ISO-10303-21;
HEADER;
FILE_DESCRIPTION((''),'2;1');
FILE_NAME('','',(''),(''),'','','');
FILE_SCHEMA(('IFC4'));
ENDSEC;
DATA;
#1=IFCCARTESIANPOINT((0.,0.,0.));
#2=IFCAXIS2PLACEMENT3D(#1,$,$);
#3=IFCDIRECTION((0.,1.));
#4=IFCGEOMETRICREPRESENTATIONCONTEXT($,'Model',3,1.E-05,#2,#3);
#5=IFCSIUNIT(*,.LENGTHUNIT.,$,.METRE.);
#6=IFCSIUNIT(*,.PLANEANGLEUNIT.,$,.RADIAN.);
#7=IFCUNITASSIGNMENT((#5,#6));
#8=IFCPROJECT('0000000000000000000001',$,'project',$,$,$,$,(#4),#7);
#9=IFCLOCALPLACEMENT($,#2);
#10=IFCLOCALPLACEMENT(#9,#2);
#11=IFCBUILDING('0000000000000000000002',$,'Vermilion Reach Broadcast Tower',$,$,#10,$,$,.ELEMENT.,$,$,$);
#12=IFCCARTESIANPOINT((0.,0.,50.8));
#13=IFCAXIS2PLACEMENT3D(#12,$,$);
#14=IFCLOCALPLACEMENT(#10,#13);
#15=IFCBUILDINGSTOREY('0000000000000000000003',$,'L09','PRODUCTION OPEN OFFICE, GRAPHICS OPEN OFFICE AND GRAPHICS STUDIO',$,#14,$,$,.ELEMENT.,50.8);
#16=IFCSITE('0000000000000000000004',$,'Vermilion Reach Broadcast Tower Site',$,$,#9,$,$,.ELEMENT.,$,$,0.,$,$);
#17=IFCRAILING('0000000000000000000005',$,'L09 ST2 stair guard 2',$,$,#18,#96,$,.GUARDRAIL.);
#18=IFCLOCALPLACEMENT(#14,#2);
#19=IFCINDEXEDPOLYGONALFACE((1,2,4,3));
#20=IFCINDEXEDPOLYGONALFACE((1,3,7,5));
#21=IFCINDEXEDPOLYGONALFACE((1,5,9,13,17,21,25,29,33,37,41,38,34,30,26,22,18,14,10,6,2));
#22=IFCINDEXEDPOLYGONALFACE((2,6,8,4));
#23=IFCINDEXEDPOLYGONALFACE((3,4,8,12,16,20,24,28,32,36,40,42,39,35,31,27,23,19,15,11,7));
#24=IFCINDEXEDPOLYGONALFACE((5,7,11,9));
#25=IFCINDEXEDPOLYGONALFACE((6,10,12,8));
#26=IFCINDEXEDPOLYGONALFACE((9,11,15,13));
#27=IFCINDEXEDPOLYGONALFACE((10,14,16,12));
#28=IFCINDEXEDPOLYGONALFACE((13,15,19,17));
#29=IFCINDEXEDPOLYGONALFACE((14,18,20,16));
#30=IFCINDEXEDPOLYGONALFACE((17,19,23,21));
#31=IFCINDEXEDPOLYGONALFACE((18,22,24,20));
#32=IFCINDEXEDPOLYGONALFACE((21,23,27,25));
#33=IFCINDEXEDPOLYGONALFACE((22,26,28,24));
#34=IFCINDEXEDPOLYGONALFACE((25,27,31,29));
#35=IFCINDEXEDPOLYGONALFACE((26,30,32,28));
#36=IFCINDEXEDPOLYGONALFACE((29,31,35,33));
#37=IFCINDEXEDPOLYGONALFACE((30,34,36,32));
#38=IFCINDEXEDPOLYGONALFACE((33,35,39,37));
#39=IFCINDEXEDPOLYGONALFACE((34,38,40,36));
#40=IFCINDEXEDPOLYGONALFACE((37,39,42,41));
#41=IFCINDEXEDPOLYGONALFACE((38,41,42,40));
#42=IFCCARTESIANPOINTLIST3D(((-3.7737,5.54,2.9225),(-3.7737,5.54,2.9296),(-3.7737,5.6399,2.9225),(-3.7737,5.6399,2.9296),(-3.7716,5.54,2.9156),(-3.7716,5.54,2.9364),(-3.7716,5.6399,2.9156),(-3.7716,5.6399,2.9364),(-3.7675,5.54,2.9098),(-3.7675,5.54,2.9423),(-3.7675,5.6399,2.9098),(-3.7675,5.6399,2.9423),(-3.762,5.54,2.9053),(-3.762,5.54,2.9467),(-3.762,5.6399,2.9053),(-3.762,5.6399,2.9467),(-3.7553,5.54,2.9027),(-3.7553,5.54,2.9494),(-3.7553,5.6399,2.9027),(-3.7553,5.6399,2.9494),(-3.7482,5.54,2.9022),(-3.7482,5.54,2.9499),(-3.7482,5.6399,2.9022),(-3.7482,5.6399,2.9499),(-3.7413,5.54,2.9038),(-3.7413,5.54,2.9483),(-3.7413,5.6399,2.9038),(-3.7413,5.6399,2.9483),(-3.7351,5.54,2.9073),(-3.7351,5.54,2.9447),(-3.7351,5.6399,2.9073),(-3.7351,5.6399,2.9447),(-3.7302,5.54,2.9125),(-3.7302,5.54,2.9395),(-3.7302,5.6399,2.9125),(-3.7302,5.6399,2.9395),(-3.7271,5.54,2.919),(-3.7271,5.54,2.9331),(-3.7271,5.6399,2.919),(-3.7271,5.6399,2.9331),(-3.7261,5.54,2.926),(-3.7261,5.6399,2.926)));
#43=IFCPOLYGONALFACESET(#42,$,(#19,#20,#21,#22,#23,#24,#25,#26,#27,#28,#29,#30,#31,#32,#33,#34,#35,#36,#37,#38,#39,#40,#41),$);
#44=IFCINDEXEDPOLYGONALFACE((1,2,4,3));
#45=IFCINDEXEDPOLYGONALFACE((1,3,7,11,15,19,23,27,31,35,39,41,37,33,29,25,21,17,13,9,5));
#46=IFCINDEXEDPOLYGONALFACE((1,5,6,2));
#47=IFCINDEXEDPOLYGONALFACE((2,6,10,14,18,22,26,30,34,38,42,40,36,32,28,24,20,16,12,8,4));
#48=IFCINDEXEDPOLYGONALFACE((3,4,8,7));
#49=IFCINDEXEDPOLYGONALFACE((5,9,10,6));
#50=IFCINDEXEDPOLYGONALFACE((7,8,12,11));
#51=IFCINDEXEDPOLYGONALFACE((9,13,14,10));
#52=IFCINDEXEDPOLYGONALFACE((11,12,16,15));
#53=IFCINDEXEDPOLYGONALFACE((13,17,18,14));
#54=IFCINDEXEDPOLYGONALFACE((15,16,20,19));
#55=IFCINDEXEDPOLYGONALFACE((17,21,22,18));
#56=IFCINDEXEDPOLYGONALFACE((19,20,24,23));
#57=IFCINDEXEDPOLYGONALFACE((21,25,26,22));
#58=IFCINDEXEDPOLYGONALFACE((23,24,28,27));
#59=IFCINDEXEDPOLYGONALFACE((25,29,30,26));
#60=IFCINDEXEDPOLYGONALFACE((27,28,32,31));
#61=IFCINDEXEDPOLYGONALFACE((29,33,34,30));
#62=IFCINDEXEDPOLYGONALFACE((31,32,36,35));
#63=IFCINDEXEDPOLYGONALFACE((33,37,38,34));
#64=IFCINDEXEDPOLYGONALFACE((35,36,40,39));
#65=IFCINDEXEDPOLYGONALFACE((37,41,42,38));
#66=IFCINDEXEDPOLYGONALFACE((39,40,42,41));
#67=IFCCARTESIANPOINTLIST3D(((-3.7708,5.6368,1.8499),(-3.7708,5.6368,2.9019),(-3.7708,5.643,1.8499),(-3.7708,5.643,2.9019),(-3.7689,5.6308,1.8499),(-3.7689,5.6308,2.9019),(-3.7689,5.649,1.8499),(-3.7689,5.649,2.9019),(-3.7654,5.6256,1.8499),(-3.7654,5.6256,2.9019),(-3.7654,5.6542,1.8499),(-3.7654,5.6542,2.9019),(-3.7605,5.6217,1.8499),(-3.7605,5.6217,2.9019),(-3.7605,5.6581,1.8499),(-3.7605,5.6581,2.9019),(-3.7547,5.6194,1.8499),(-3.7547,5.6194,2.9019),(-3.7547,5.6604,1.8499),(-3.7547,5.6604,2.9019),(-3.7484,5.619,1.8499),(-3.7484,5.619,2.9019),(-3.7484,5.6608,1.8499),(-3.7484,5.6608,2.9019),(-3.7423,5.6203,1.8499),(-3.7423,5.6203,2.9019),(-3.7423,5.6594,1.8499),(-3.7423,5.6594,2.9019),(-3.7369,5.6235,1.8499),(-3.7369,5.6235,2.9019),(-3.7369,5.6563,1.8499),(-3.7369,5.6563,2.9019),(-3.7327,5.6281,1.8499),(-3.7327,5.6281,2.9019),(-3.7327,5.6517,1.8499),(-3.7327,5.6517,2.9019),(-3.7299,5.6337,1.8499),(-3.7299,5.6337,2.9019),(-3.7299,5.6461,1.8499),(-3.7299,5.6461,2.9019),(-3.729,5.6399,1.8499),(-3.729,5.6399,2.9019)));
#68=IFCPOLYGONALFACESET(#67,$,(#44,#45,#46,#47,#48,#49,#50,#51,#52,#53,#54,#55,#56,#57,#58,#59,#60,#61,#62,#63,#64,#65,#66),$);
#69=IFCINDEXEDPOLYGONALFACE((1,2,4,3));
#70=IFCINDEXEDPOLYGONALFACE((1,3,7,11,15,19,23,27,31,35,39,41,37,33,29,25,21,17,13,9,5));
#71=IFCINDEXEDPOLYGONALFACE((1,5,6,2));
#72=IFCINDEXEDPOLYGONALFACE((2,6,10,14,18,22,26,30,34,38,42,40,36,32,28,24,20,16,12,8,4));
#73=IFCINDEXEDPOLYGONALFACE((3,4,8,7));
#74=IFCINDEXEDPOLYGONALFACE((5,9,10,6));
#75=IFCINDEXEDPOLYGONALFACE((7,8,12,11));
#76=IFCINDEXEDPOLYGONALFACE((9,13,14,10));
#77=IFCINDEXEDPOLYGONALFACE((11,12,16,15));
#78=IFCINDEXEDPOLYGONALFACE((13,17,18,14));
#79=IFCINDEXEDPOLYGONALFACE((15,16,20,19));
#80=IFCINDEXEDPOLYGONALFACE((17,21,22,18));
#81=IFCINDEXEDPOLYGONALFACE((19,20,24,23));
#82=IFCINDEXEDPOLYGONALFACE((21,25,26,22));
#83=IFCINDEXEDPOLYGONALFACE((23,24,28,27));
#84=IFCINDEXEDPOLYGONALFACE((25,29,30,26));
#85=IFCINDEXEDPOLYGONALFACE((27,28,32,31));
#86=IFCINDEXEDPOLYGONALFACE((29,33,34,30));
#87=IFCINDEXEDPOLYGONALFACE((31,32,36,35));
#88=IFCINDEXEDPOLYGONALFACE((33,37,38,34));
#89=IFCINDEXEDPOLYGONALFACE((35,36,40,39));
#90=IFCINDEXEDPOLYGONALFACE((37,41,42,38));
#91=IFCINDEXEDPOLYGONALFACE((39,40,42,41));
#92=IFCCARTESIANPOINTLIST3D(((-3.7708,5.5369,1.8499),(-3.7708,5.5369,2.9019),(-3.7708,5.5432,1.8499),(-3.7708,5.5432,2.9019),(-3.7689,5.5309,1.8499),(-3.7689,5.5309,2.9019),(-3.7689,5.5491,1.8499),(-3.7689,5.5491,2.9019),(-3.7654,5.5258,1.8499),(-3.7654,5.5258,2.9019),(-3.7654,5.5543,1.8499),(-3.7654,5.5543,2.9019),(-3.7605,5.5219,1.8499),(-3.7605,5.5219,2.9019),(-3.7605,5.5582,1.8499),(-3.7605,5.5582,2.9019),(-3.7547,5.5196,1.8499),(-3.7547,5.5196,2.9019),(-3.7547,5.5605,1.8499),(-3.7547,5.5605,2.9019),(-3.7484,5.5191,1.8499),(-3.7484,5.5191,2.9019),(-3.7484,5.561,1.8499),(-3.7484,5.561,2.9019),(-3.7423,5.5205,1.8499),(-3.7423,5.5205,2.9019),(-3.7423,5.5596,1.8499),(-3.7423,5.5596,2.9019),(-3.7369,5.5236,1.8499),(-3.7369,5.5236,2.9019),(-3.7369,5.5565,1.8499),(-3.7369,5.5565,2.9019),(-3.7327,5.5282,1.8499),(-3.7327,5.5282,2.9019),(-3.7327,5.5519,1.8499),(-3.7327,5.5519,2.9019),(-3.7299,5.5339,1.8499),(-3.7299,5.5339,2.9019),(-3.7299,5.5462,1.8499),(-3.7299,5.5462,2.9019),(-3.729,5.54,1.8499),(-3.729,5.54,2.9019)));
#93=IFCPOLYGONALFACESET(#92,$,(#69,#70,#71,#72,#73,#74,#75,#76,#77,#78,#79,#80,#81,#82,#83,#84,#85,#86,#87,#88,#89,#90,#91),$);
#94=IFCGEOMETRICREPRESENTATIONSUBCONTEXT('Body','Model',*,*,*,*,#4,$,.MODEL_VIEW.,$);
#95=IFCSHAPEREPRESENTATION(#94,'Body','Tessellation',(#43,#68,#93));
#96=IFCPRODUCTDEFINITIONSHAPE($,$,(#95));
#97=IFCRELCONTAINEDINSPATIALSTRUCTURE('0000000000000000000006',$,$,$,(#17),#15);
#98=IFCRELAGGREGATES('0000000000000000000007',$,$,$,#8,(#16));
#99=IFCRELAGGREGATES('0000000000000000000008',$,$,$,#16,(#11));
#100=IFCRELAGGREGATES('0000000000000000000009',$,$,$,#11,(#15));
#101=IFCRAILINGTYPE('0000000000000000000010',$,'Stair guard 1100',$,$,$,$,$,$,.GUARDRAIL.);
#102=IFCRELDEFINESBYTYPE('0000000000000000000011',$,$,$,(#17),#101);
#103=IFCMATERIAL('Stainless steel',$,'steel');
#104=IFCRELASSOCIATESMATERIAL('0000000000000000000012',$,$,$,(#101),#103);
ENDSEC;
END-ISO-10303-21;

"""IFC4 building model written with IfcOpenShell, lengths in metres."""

from ifc_helpers import new_model, si_unit, direction, frame, origin, origin_2d, place, context, subcontext, project, spatial, circle, extrude, material, type_object, element, save


model = new_model("IFC4")

# Units and contexts
model_context = context("Model", 3, precision=1e-05, world=origin(), true_north=direction((0.0, 1.0)))
body_context = subcontext(model_context, "Body", "Model", "MODEL_VIEW")
ifc_project = project(units=[si_unit("LENGTHUNIT", "METRE"), si_unit("PLANEANGLEUNIT", "RADIAN")], contexts=[model_context])

# Site, building, storey
site_placement = place(None, origin())
site = spatial("IfcSite", under=ifc_project, at=site_placement, Name="Vermilion Reach Broadcast Tower Site", CompositionType="ELEMENT", RefElevation=0.0)
building_placement = place(site_placement, origin())
building = spatial("IfcBuilding", under=site, at=building_placement, Name="Vermilion Reach Broadcast Tower", CompositionType="ELEMENT")
storey_placement = place(building_placement, frame((0.0, 0.0, 50.8)))
storey = spatial("IfcBuildingStorey", under=building, at=storey_placement, Name="L09", Description="PRODUCTION OPEN OFFICE, GRAPHICS OPEN OFFICE AND GRAPHICS STUDIO", CompositionType="ELEMENT", Elevation=50.8)

# Railing
ifc_material_1 = material(Name="Stainless steel", Category="steel")
railing_type_1 = type_object("IfcRailingType", Name="Stair guard 1100", PredefinedType="GUARDRAIL", material=ifc_material_1)
railing_1_placement = place(storey_placement, frame((-3.75, 5.6399, 1.8499)))
element("IfcRailing", 1, at=railing_1_placement, inside=storey, type_object=railing_type_1, Name="L09 ST2 stair guard 2", PredefinedType="GUARDRAIL", context=body_context, shape_type="SweptSolid", body=[
    extrude(circle(Radius=0.0239, at=origin_2d()), frame((0.0, 0.0, 1.0762), z_axis=(0.0, -1.0, 0.0), x_axis=(1.0, 0.0, 0.0)), (0.0, 0.0, 1.0), 0.0999),
    extrude(circle(Radius=0.021, at=origin_2d()), origin(), (0.0, 0.0, 1.0), 1.052),
    extrude(circle(Radius=0.021, at=origin_2d()), frame((0.0, -0.0999, 0.0)), (0.0, 0.0, 1.0), 1.052),
])

save(model, "model.ifc")
